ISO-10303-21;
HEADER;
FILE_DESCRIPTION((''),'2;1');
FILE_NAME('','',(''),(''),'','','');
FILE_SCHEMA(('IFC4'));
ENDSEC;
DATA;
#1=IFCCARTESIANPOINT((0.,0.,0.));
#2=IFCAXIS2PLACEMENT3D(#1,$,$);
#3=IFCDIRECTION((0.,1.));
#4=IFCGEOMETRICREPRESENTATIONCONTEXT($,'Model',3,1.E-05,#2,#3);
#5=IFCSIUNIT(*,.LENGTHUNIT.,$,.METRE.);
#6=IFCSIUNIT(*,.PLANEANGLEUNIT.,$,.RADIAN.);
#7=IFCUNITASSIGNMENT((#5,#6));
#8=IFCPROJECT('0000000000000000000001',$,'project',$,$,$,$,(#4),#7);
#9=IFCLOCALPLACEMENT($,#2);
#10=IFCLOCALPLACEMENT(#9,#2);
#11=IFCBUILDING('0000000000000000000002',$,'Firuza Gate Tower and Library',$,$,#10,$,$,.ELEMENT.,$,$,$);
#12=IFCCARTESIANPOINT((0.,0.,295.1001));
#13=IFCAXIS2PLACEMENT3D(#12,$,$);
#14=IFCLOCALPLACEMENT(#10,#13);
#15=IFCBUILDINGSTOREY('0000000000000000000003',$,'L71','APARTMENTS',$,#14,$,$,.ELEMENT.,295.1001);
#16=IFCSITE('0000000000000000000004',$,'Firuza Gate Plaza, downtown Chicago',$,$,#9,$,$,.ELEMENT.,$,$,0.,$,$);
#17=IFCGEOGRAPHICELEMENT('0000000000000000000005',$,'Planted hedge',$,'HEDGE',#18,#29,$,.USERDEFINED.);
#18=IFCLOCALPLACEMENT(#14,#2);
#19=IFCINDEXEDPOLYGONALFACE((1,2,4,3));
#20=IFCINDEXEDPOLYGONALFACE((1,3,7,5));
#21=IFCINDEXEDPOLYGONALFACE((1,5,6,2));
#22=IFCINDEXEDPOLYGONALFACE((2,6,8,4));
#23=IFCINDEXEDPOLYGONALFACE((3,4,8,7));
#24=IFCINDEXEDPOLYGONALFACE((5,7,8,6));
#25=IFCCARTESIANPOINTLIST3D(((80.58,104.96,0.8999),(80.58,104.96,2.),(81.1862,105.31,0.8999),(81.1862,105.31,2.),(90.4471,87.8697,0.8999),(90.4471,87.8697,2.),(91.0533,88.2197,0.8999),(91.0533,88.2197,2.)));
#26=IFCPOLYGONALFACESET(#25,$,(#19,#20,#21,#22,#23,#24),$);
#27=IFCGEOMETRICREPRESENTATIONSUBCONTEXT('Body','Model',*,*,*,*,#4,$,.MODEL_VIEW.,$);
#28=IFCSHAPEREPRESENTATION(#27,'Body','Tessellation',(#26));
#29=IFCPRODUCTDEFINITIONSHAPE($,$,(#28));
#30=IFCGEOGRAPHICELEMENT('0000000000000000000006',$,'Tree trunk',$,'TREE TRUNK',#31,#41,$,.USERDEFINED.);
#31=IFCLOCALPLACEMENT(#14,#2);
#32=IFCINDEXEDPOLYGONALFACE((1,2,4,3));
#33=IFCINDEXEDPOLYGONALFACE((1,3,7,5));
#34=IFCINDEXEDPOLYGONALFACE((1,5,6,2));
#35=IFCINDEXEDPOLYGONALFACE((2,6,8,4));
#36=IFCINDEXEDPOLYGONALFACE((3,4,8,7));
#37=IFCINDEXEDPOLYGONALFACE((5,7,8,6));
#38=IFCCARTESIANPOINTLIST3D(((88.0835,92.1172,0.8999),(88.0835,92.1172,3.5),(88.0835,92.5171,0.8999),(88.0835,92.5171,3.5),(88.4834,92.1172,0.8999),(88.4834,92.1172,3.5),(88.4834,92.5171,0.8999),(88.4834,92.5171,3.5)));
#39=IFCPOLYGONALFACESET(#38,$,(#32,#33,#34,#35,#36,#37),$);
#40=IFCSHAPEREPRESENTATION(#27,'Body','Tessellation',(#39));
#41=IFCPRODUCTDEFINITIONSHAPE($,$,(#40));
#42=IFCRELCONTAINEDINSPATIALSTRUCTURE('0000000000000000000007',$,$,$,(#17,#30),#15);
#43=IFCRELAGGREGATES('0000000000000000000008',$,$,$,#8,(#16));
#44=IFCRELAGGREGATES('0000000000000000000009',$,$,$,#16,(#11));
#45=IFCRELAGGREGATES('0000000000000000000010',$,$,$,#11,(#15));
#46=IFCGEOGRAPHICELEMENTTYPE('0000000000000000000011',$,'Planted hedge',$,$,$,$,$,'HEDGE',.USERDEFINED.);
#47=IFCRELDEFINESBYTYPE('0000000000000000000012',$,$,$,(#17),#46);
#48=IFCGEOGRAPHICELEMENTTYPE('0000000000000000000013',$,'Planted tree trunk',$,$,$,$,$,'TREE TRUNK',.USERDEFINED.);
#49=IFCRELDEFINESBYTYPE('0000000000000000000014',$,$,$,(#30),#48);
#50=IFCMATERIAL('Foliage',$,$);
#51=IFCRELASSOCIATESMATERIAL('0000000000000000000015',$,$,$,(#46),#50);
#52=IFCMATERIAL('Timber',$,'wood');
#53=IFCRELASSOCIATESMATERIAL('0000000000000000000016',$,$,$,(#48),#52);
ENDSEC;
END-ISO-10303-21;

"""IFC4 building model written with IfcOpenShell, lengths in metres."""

from ifc_helpers import new_model, si_unit, direction, frame, origin, origin_2d, place, context, subcontext, project, spatial, rectangle, extrude, material, type_object, element, save


model = new_model("IFC4")

# Units and contexts
model_context = context("Model", 3, precision=1e-05, world=origin(), true_north=direction((0.0, 1.0)))
body_context = subcontext(model_context, "Body", "Model", "MODEL_VIEW")
ifc_project = project(units=[si_unit("LENGTHUNIT", "METRE"), si_unit("PLANEANGLEUNIT", "RADIAN")], contexts=[model_context])

# Site, building, storey
site_placement = place(None, origin())
site = spatial("IfcSite", under=ifc_project, at=site_placement, Name="Firuza Gate Plaza, downtown Chicago", CompositionType="ELEMENT", RefElevation=0.0)
building_placement = place(site_placement, origin())
building = spatial("IfcBuilding", under=site, at=building_placement, Name="Firuza Gate Tower and Library", CompositionType="ELEMENT")
storey_placement = place(building_placement, frame((0.0, 0.0, 295.1001)))
storey = spatial("IfcBuildingStorey", under=building, at=storey_placement, Name="L71", Description="APARTMENTS", CompositionType="ELEMENT", Elevation=295.1001)

# Geographic elements
ifc_material_1 = material(Name="Foliage")
geographic_element_type_1 = type_object("IfcGeographicElementType", Name="Planted hedge", ElementType="HEDGE", PredefinedType="USERDEFINED", material=ifc_material_1)
geographic_element_1_placement = place(storey_placement, frame((85.8167, 96.5898, 0.8999), z_axis=(0.0, 0.0, 1.0), x_axis=(-0.5, 0.866025, 0.0)))
element("IfcGeographicElement", 1, at=geographic_element_1_placement, inside=storey, type_object=geographic_element_type_1, Name="Planted hedge", ObjectType="HEDGE", PredefinedType="USERDEFINED", context=body_context, shape_type="SweptSolid", body=[
    extrude(rectangle(XDim=19.7341, YDim=0.7, at=origin_2d()), origin(), (0.0, 0.0, 1.0), 1.1001),
])
ifc_material_2 = material(Name="Timber", Category="wood")
geographic_element_type_2 = type_object("IfcGeographicElementType", Name="Planted tree trunk", ElementType="TREE TRUNK", PredefinedType="USERDEFINED", material=ifc_material_2)
geographic_element_2_placement = place(storey_placement, frame((88.2834, 92.3171, 0.8999), z_axis=(0.0, 0.0, 1.0), x_axis=(1.0, 0.0, 0.0)))
element("IfcGeographicElement", 2, at=geographic_element_2_placement, inside=storey, type_object=geographic_element_type_2, Name="Tree trunk", ObjectType="TREE TRUNK", PredefinedType="USERDEFINED", context=body_context, shape_type="SweptSolid", body=[
    extrude(rectangle(XDim=0.3999, YDim=0.3999, at=origin_2d()), origin(), (0.0, 0.0, 1.0), 2.6001),
])

save(model, "model.ifc")
